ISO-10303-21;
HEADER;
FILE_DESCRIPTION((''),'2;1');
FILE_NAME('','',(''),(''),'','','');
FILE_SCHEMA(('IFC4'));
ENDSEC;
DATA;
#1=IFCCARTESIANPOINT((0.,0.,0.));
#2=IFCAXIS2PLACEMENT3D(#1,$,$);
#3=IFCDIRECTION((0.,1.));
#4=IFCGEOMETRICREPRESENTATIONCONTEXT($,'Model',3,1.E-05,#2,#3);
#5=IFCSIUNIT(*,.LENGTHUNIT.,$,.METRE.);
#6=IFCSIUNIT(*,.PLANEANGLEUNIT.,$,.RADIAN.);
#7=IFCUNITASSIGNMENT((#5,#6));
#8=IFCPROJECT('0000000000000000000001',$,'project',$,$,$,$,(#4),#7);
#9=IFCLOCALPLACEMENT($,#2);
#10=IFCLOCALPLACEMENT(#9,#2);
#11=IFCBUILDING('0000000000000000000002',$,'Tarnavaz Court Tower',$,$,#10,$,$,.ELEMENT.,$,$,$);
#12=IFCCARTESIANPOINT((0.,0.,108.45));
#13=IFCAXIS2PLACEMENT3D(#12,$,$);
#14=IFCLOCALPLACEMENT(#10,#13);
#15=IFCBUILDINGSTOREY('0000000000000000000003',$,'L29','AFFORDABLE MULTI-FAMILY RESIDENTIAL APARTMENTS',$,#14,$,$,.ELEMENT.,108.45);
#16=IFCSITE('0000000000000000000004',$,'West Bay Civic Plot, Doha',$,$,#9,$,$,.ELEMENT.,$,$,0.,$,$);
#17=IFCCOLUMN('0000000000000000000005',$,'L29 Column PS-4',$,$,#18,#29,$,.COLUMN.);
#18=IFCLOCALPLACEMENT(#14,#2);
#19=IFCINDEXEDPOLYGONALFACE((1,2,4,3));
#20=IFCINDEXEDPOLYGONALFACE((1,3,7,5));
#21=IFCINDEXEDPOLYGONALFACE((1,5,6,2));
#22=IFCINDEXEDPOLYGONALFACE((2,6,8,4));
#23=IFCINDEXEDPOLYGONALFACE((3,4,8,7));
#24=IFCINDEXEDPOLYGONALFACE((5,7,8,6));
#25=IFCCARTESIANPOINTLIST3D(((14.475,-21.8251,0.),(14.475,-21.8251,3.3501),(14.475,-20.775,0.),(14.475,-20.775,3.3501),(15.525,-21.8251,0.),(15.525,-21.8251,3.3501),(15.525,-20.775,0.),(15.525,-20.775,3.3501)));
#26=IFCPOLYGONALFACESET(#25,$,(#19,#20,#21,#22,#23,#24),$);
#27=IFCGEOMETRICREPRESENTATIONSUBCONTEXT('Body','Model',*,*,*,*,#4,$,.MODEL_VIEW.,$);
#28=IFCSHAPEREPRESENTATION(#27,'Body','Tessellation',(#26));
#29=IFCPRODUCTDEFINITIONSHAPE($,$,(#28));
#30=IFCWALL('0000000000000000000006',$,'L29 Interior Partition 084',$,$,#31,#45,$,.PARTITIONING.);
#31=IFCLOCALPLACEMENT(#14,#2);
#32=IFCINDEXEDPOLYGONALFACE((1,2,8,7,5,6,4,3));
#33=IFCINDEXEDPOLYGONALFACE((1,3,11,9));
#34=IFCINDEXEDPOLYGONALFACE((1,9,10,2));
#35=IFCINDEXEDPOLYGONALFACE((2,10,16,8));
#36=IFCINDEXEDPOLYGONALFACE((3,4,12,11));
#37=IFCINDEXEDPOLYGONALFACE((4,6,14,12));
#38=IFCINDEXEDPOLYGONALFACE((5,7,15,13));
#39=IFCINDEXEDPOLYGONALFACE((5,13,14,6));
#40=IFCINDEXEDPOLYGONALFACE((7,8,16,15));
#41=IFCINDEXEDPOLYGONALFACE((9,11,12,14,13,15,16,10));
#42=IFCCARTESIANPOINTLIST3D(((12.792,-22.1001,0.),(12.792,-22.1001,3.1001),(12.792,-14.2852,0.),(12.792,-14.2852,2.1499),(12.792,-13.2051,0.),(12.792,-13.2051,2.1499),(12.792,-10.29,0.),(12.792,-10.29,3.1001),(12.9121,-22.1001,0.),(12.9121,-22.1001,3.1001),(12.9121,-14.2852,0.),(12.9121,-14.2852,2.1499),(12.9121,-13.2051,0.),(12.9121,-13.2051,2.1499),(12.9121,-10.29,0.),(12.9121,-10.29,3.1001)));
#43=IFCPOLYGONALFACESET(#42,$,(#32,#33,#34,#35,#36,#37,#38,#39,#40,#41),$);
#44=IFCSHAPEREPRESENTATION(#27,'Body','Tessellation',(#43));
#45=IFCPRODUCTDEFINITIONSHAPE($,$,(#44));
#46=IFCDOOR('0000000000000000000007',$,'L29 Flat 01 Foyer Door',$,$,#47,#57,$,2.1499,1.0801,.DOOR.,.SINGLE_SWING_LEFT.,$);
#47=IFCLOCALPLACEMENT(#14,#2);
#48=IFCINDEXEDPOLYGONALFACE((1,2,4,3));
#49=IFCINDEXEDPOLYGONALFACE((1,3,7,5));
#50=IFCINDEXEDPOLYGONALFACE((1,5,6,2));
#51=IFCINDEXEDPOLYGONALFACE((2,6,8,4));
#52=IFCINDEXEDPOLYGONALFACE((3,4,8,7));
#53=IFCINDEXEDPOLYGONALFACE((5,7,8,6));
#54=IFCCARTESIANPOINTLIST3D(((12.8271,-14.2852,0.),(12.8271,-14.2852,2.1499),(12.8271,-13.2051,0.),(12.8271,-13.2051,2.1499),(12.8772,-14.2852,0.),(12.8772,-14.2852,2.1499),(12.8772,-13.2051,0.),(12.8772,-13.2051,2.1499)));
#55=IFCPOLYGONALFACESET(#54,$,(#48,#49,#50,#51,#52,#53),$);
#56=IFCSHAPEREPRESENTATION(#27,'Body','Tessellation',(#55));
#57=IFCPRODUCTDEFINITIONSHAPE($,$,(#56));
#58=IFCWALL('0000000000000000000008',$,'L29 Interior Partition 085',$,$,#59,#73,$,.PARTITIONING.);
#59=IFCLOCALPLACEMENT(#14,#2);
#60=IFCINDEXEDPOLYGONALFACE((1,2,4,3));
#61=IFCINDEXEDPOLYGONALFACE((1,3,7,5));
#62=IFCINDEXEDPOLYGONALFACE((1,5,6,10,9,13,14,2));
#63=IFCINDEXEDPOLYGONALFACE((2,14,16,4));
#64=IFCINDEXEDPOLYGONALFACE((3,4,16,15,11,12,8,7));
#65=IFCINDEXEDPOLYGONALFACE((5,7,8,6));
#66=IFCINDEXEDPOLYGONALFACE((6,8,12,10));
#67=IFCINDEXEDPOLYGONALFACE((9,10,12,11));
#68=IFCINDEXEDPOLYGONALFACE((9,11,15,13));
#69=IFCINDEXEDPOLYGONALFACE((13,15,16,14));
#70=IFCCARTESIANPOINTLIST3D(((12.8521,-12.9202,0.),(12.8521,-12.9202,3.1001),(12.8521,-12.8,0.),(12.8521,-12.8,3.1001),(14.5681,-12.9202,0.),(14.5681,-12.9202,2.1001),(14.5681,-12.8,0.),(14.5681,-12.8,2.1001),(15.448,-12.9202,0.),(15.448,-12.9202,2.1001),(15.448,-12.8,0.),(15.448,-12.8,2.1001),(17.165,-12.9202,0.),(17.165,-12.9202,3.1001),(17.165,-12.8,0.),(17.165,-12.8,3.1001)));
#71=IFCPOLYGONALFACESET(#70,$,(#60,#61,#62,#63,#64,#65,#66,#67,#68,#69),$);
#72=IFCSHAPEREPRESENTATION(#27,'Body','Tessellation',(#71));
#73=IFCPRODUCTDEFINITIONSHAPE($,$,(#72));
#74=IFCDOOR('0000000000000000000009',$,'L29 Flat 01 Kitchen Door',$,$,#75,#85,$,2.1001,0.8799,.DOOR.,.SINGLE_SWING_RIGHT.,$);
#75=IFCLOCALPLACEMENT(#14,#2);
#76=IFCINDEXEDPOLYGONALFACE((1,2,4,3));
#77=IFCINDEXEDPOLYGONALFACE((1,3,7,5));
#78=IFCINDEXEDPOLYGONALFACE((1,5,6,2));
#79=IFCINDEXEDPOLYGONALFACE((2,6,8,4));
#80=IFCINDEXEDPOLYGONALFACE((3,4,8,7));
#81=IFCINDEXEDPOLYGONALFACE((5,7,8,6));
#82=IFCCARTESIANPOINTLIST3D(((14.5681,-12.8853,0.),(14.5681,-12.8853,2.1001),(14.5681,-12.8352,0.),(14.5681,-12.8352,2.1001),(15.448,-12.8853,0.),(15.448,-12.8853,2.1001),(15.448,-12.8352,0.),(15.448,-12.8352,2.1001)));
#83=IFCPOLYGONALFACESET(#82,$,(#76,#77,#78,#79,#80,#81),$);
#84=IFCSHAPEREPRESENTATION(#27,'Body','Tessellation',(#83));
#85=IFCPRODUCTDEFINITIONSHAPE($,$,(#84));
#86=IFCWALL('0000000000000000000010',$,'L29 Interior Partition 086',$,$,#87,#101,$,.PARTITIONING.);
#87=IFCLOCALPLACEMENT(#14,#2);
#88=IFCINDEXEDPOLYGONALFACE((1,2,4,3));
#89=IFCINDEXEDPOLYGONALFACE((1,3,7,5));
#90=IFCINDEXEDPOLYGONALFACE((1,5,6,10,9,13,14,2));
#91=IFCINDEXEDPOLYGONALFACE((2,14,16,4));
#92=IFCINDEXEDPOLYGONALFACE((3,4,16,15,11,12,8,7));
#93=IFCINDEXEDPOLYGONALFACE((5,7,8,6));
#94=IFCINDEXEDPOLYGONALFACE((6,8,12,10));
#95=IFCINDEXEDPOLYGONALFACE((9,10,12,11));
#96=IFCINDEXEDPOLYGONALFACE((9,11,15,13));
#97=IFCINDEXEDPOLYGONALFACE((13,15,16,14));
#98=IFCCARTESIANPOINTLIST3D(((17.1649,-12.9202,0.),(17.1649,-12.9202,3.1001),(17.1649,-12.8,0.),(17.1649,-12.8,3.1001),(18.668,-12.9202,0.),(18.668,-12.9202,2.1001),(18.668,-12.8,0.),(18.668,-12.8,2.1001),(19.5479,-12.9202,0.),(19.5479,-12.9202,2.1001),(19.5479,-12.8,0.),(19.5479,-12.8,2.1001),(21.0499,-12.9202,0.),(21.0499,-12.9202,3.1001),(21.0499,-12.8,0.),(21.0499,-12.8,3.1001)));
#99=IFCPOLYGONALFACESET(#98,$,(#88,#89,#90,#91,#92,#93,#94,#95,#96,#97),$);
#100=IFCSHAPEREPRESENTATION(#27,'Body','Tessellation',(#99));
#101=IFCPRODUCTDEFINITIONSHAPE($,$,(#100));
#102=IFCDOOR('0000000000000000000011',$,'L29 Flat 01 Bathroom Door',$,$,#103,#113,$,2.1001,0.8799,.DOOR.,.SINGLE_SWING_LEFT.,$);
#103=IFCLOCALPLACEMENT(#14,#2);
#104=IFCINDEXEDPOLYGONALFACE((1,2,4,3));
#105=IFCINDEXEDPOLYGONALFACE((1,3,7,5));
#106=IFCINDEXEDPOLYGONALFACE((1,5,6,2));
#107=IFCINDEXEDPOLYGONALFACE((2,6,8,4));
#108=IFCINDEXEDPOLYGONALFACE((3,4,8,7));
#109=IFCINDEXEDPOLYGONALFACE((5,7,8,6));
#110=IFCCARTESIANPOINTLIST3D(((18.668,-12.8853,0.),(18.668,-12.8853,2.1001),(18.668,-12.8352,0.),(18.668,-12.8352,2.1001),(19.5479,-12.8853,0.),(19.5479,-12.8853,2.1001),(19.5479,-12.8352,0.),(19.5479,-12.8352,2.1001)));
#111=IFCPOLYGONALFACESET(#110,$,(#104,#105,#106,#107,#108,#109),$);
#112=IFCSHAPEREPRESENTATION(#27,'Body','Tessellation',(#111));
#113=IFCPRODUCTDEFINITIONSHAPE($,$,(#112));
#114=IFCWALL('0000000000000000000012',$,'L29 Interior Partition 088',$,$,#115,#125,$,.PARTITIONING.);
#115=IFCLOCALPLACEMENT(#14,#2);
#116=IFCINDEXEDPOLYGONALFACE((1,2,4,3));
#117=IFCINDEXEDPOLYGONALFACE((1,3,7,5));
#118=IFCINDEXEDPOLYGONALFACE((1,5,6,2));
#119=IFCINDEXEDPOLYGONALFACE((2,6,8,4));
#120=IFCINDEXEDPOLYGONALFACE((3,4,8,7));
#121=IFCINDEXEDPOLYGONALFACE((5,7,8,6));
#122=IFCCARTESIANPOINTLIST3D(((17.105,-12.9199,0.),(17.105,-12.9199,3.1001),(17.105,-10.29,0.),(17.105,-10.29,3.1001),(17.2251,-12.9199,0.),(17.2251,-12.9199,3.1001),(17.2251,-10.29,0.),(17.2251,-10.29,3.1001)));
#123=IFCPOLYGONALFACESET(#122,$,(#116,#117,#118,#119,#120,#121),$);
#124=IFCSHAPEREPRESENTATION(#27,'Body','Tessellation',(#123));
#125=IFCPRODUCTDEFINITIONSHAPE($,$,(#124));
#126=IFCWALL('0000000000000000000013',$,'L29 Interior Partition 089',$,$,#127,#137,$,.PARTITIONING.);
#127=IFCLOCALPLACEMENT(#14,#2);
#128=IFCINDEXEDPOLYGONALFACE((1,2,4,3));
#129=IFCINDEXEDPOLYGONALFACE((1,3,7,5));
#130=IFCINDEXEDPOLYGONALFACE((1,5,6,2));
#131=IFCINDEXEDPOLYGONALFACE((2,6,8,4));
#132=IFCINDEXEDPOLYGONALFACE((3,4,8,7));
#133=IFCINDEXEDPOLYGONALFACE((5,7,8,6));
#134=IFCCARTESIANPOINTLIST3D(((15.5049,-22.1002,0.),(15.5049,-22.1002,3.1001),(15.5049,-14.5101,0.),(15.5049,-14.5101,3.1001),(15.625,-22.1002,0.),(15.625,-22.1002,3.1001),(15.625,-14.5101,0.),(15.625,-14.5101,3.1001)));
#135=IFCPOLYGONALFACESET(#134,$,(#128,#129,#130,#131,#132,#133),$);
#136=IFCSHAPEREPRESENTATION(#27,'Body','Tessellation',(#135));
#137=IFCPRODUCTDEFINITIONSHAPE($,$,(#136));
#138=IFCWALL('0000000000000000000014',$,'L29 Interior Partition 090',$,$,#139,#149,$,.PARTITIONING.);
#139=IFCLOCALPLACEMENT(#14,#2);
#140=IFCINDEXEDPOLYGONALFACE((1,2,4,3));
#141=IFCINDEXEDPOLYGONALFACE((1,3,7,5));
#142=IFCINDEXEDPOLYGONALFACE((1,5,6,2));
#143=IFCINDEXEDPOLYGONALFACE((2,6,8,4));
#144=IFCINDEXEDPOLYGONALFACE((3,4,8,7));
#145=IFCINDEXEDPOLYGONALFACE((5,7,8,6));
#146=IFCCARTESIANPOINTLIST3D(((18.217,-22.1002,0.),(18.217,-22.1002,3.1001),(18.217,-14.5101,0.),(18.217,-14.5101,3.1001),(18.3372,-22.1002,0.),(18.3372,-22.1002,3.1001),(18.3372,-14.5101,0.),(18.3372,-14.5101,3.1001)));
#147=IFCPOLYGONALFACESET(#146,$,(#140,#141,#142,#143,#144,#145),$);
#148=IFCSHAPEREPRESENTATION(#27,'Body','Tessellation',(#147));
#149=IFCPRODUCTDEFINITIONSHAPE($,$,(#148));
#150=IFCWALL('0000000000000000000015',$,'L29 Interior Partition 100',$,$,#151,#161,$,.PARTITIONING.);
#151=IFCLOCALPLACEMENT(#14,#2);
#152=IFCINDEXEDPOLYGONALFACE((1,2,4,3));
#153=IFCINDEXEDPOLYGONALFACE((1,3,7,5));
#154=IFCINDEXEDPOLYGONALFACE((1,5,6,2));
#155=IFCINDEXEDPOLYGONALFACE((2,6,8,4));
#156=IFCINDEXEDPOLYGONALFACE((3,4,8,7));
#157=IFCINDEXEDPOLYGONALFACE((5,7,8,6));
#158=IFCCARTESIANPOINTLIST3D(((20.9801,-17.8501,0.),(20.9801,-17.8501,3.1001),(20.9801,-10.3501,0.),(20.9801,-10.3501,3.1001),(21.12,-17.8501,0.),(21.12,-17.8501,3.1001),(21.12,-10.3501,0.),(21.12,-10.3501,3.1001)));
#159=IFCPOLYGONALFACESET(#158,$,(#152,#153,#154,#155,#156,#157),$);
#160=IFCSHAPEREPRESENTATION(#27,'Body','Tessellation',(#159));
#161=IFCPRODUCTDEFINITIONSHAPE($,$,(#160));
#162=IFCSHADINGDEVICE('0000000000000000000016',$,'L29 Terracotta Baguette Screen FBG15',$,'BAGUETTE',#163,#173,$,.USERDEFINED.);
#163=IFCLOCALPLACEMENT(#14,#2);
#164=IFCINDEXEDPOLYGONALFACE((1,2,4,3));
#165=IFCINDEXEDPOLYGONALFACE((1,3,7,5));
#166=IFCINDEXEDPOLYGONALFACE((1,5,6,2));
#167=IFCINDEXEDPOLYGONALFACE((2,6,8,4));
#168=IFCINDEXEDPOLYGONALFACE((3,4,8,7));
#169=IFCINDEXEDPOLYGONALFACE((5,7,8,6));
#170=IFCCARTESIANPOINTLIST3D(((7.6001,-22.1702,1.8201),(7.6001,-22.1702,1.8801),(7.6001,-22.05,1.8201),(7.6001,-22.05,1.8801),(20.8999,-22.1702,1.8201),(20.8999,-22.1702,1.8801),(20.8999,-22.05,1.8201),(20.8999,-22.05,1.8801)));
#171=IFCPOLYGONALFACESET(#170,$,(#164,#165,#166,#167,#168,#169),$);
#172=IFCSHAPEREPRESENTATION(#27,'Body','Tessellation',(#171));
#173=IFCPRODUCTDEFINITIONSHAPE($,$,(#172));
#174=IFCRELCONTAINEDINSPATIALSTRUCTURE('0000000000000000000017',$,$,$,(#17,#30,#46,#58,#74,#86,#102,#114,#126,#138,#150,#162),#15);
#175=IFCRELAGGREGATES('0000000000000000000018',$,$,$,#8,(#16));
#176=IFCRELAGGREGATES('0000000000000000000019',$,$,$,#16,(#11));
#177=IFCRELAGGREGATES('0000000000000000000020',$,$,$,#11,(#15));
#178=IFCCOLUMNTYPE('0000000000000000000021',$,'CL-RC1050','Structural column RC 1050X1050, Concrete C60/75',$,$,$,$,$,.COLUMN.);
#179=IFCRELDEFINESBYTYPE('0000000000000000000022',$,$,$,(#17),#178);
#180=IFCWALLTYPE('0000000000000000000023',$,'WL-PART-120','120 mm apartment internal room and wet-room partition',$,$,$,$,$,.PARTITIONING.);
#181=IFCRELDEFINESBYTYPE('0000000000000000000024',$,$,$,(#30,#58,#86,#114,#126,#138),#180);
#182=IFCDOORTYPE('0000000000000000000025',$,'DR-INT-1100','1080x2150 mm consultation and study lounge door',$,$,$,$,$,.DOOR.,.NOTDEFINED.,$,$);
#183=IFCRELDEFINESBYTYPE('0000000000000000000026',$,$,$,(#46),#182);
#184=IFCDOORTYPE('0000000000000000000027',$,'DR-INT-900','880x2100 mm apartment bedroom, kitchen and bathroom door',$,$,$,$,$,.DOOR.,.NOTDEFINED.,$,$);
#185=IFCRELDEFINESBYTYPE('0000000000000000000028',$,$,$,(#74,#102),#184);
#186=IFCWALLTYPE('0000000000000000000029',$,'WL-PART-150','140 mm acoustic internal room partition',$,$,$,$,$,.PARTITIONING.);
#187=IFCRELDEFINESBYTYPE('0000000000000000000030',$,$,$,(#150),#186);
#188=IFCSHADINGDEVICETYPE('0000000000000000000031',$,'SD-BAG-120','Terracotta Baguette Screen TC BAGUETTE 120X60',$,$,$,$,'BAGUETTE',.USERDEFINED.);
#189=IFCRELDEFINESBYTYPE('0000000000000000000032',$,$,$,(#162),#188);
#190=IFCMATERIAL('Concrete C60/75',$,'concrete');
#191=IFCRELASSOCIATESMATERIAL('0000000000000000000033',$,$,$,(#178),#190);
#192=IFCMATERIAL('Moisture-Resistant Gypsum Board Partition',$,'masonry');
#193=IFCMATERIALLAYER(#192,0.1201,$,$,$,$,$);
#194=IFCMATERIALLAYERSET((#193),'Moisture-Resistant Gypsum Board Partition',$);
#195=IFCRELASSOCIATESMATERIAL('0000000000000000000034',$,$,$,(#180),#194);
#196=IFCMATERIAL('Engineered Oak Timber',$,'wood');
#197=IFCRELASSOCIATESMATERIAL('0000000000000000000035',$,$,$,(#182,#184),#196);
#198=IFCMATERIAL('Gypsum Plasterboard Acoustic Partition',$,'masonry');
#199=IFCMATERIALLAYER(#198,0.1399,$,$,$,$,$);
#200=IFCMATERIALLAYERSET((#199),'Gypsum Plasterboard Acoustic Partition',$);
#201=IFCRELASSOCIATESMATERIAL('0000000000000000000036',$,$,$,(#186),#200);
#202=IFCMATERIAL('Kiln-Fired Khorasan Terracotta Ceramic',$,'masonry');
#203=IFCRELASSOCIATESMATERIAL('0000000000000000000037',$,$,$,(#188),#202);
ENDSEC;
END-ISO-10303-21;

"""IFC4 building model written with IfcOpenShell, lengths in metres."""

from ifc_helpers import new_model, si_unit, direction, frame, frame_2d, origin, origin_2d, place, context, subcontext, project, spatial, rectangle, extrude, material, layer, layer_set, material_profile, profile_set, type_object, element, fill, save


model = new_model("IFC4")

# Units and contexts
model_context = context("Model", 3, precision=1e-05, world=origin(), true_north=direction((0.0, 1.0)))
body_context = subcontext(model_context, "Body", "Model", "MODEL_VIEW")
ifc_project = project(units=[si_unit("LENGTHUNIT", "METRE"), si_unit("PLANEANGLEUNIT", "RADIAN")], contexts=[model_context])

# Site, building, storey
site_placement = place(None, origin())
site = spatial("IfcSite", under=ifc_project, at=site_placement, Name="West Bay Civic Plot, Doha", CompositionType="ELEMENT", RefElevation=0.0)
building_placement = place(site_placement, origin())
building = spatial("IfcBuilding", under=site, at=building_placement, Name="Tarnavaz Court Tower", CompositionType="ELEMENT")
storey_placement = place(building_placement, frame((0.0, 0.0, 108.45)))
storey = spatial("IfcBuildingStorey", under=building, at=storey_placement, Name="L29", Description="AFFORDABLE MULTI-FAMILY RESIDENTIAL APARTMENTS", CompositionType="ELEMENT", Elevation=108.45)

# Column
ifc_material_1 = material(Name="Concrete C60/75", Category="concrete")
ifc_material_profile_1 = material_profile(ifc_material_1, rectangle(XDim=1.05, YDim=1.05, at=origin_2d()), Name="RC 1050X1050")
ifc_profile_set_1 = profile_set([ifc_material_profile_1], Name="Concrete C60/75")
column_type = type_object("IfcColumnType", Name="CL-RC1050", Description="Structural column RC 1050X1050, Concrete C60/75", PredefinedType="COLUMN", material=ifc_profile_set_1)
column_placement = place(storey_placement, frame((15.0, -21.3, 0.0), z_axis=(0.0, 0.0, 1.0), x_axis=(1.0, 0.0, 0.0)))
element("IfcColumn", 1, at=column_placement, inside=storey, type_object=column_type, Name="L29 Column PS-4", PredefinedType="COLUMN", context=body_context, shape_type="SweptSolid", body=[
    extrude(rectangle(XDim=1.05, YDim=1.05, at=origin_2d()), origin(), (0.0, 0.0, 1.0), 3.3501),
])

# Walls, openings, doors
ifc_material_2 = material(Name="Moisture-Resistant Gypsum Board Partition", Category="masonry")
ifc_layer_1 = layer(ifc_material_2, 0.1201)
ifc_layer_set_1 = layer_set([ifc_layer_1], Name="Moisture-Resistant Gypsum Board Partition")
wall_type_1 = type_object("IfcWallType", Name="WL-PART-120", Description="120 mm apartment internal room and wet-room partition", PredefinedType="PARTITIONING", material=ifc_layer_set_1)
wall_1_placement = place(storey_placement, frame((12.8521, -22.1001, 0.0), z_axis=(0.0, 0.0, 1.0), x_axis=(0.0, 1.0, 0.0)))
wall_1 = element("IfcWall", 2, at=wall_1_placement, inside=storey, type_object=wall_type_1, Name="L29 Interior Partition 084", PredefinedType="PARTITIONING", context=body_context, shape_type="SweptSolid", body=[
    extrude(rectangle(XDim=11.8101, YDim=0.1201, at=frame_2d((5.905, 0.0))), origin(), (0.0, 0.0, 1.0), 3.1001),
])
opening_1_placement = place(wall_1_placement, frame((7.8149, 0.0, 0.0)))
opening_1 = element("IfcOpeningElement", 3, at=opening_1_placement, cuts=wall_1, PredefinedType="OPENING", context=body_context, shape_type="SweptSolid", body=[
    extrude(rectangle(XDim=1.0801, YDim=2.1499, at=frame_2d((0.54, 1.075))), frame((0.0, 0.0701, 0.0), z_axis=(0.0, -1.0, 0.0), x_axis=(1.0, 0.0, 0.0)), (0.0, 0.0, 1.0), 0.1401),
])
ifc_material_3 = material(Name="Engineered Oak Timber", Category="wood")
door_type_1 = type_object("IfcDoorType", Name="DR-INT-1100", Description="1080x2150 mm consultation and study lounge door", OperationType="NOTDEFINED", PredefinedType="DOOR", material=ifc_material_3)
door_1_placement = place(opening_1_placement, origin())
door_1 = element("IfcDoor", 4, at=door_1_placement, inside=storey, type_object=door_type_1, Name="L29 Flat 01 Foyer Door", OperationType="SINGLE_SWING_LEFT", OverallHeight=2.1499, OverallWidth=1.0801, PredefinedType="DOOR", context=body_context, shape_type="SweptSolid", body=[
    extrude(rectangle(XDim=1.0801, YDim=2.1499, at=frame_2d((0.54, 1.075))), frame((0.0, 0.0249, 0.0), z_axis=(0.0, -1.0, 0.0), x_axis=(1.0, 0.0, 0.0)), (0.0, 0.0, 1.0), 0.05),
])
fill(opening_1, door_1)
wall_2_placement = place(storey_placement, frame((12.8521, -12.8601, 0.0), z_axis=(0.0, 0.0, 1.0), x_axis=(1.0, 0.0, 0.0)))
wall_2 = element("IfcWall", 5, at=wall_2_placement, inside=storey, type_object=wall_type_1, Name="L29 Interior Partition 085", PredefinedType="PARTITIONING", context=body_context, shape_type="SweptSolid", body=[
    extrude(rectangle(XDim=4.313, YDim=0.1201, at=frame_2d((2.1565, 0.0))), origin(), (0.0, 0.0, 1.0), 3.1001),
])
opening_2_placement = place(wall_2_placement, frame((1.7161, 0.0, 0.0)))
opening_2 = element("IfcOpeningElement", 6, at=opening_2_placement, cuts=wall_2, PredefinedType="OPENING", context=body_context, shape_type="SweptSolid", body=[
    extrude(rectangle(XDim=0.8799, YDim=2.1001, at=frame_2d((0.4399, 1.05))), frame((0.0, 0.0701, 0.0), z_axis=(0.0, -1.0, 0.0), x_axis=(1.0, 0.0, 0.0)), (0.0, 0.0, 1.0), 0.1401),
])
door_type_2 = type_object("IfcDoorType", Name="DR-INT-900", Description="880x2100 mm apartment bedroom, kitchen and bathroom door", OperationType="NOTDEFINED", PredefinedType="DOOR", material=ifc_material_3)
door_2_placement = place(opening_2_placement, origin())
door_2 = element("IfcDoor", 7, at=door_2_placement, inside=storey, type_object=door_type_2, Name="L29 Flat 01 Kitchen Door", OperationType="SINGLE_SWING_RIGHT", OverallHeight=2.1001, OverallWidth=0.8799, PredefinedType="DOOR", context=body_context, shape_type="SweptSolid", body=[
    extrude(rectangle(XDim=0.8799, YDim=2.1001, at=frame_2d((0.4399, 1.05))), frame((0.0, 0.0249, 0.0), z_axis=(0.0, -1.0, 0.0), x_axis=(1.0, 0.0, 0.0)), (0.0, 0.0, 1.0), 0.05),
])
fill(opening_2, door_2)
wall_3_placement = place(storey_placement, frame((17.165, -12.8601, 0.0), z_axis=(0.0, 0.0, 1.0), x_axis=(1.0, 0.0, 0.0)))
wall_3 = element("IfcWall", 8, at=wall_3_placement, inside=storey, type_object=wall_type_1, Name="L29 Interior Partition 086", PredefinedType="PARTITIONING", context=body_context, shape_type="SweptSolid", body=[
    extrude(rectangle(XDim=3.885, YDim=0.1201, at=frame_2d((1.9424, 0.0))), origin(), (0.0, 0.0, 1.0), 3.1001),
])
opening_3_placement = place(wall_3_placement, frame((1.5029, 0.0, 0.0)))
opening_3 = element("IfcOpeningElement", 9, at=opening_3_placement, cuts=wall_3, PredefinedType="OPENING", context=body_context, shape_type="SweptSolid", body=[
    extrude(rectangle(XDim=0.8799, YDim=2.1001, at=frame_2d((0.4399, 1.05))), frame((0.0, 0.0701, 0.0), z_axis=(0.0, -1.0, 0.0), x_axis=(1.0, 0.0, 0.0)), (0.0, 0.0, 1.0), 0.1401),
])
door_3_placement = place(opening_3_placement, origin())
door_3 = element("IfcDoor", 10, at=door_3_placement, inside=storey, type_object=door_type_2, Name="L29 Flat 01 Bathroom Door", OperationType="SINGLE_SWING_LEFT", OverallHeight=2.1001, OverallWidth=0.8799, PredefinedType="DOOR", context=body_context, shape_type="SweptSolid", body=[
    extrude(rectangle(XDim=0.8799, YDim=2.1001, at=frame_2d((0.4399, 1.05))), frame((0.0, 0.0249, 0.0), z_axis=(0.0, -1.0, 0.0), x_axis=(1.0, 0.0, 0.0)), (0.0, 0.0, 1.0), 0.05),
])
fill(opening_3, door_3)

# Walls
wall_4_placement = place(storey_placement, frame((17.165, -12.9199, 0.0), z_axis=(0.0, 0.0, 1.0), x_axis=(0.0, 1.0, 0.0)))
element("IfcWall", 11, at=wall_4_placement, inside=storey, type_object=wall_type_1, Name="L29 Interior Partition 088", PredefinedType="PARTITIONING", context=body_context, shape_type="SweptSolid", body=[
    extrude(rectangle(XDim=2.6299, YDim=0.1201, at=frame_2d((1.3149, 0.0))), origin(), (0.0, 0.0, 1.0), 3.1001),
])
for number, where, z_axis, x_axis, name in (
    (12, (15.5649, -22.1001, 0.0), (0.0, 0.0, 1.0), (0.0, 1.0, 0.0), "L29 Interior Partition 089"),
    (13, (18.2771, -22.1001, 0.0), (0.0, 0.0, 1.0), (0.0, 1.0, 0.0), "L29 Interior Partition 090"),
):
    element("IfcWall", number, at=place(storey_placement, frame(where, z_axis=z_axis, x_axis=x_axis)), inside=storey, type_object=wall_type_1, Name=name, PredefinedType="PARTITIONING", context=body_context, shape_type="SweptSolid", body=[
        extrude(rectangle(XDim=7.5901, YDim=0.1201, at=frame_2d((3.7949, 0.0))), origin(), (0.0, 0.0, 1.0), 3.1001),
    ])
ifc_material_4 = material(Name="Gypsum Plasterboard Acoustic Partition", Category="masonry")
ifc_layer_2 = layer(ifc_material_4, 0.1399)
ifc_layer_set_2 = layer_set([ifc_layer_2], Name="Gypsum Plasterboard Acoustic Partition")
wall_type_2 = type_object("IfcWallType", Name="WL-PART-150", Description="140 mm acoustic internal room partition", PredefinedType="PARTITIONING", material=ifc_layer_set_2)
wall_5_placement = place(storey_placement, frame((21.05, -17.8501, 0.0), z_axis=(0.0, 0.0, 1.0), x_axis=(0.0, 1.0, 0.0)))
element("IfcWall", 14, at=wall_5_placement, inside=storey, type_object=wall_type_2, Name="L29 Interior Partition 100", PredefinedType="PARTITIONING", context=body_context, shape_type="SweptSolid", body=[
    extrude(rectangle(XDim=7.5, YDim=0.1399, at=frame_2d((3.75, 0.0))), origin(), (0.0, 0.0, 1.0), 3.1001),
])

# Shading device
ifc_material_5 = material(Name="Kiln-Fired Khorasan Terracotta Ceramic", Category="masonry")
ifc_material_profile_2 = material_profile(ifc_material_5, rectangle(XDim=0.1201, YDim=0.0601, at=origin_2d()), Name="TC BAGUETTE 120X60")
ifc_profile_set_2 = profile_set([ifc_material_profile_2], Name="Kiln-Fired Khorasan Terracotta Ceramic")
shading_device_type = type_object("IfcShadingDeviceType", Name="SD-BAG-120", Description="Terracotta Baguette Screen TC BAGUETTE 120X60", ElementType="BAGUETTE", PredefinedType="USERDEFINED", material=ifc_profile_set_2)
shading_device_placement = place(storey_placement, frame((20.8999, -22.1101, 1.8501), z_axis=(-1.0, 0.0, 0.0), x_axis=(0.0, -1.0, 0.0)))
element("IfcShadingDevice", 15, at=shading_device_placement, inside=storey, type_object=shading_device_type, Name="L29 Terracotta Baguette Screen FBG15", ObjectType="BAGUETTE", PredefinedType="USERDEFINED", context=body_context, shape_type="SweptSolid", body=[
    extrude(rectangle(XDim=0.1201, YDim=0.0601, at=origin_2d()), origin(), (0.0, 0.0, 1.0), 13.2998),
])

save(model, "model.ifc")
